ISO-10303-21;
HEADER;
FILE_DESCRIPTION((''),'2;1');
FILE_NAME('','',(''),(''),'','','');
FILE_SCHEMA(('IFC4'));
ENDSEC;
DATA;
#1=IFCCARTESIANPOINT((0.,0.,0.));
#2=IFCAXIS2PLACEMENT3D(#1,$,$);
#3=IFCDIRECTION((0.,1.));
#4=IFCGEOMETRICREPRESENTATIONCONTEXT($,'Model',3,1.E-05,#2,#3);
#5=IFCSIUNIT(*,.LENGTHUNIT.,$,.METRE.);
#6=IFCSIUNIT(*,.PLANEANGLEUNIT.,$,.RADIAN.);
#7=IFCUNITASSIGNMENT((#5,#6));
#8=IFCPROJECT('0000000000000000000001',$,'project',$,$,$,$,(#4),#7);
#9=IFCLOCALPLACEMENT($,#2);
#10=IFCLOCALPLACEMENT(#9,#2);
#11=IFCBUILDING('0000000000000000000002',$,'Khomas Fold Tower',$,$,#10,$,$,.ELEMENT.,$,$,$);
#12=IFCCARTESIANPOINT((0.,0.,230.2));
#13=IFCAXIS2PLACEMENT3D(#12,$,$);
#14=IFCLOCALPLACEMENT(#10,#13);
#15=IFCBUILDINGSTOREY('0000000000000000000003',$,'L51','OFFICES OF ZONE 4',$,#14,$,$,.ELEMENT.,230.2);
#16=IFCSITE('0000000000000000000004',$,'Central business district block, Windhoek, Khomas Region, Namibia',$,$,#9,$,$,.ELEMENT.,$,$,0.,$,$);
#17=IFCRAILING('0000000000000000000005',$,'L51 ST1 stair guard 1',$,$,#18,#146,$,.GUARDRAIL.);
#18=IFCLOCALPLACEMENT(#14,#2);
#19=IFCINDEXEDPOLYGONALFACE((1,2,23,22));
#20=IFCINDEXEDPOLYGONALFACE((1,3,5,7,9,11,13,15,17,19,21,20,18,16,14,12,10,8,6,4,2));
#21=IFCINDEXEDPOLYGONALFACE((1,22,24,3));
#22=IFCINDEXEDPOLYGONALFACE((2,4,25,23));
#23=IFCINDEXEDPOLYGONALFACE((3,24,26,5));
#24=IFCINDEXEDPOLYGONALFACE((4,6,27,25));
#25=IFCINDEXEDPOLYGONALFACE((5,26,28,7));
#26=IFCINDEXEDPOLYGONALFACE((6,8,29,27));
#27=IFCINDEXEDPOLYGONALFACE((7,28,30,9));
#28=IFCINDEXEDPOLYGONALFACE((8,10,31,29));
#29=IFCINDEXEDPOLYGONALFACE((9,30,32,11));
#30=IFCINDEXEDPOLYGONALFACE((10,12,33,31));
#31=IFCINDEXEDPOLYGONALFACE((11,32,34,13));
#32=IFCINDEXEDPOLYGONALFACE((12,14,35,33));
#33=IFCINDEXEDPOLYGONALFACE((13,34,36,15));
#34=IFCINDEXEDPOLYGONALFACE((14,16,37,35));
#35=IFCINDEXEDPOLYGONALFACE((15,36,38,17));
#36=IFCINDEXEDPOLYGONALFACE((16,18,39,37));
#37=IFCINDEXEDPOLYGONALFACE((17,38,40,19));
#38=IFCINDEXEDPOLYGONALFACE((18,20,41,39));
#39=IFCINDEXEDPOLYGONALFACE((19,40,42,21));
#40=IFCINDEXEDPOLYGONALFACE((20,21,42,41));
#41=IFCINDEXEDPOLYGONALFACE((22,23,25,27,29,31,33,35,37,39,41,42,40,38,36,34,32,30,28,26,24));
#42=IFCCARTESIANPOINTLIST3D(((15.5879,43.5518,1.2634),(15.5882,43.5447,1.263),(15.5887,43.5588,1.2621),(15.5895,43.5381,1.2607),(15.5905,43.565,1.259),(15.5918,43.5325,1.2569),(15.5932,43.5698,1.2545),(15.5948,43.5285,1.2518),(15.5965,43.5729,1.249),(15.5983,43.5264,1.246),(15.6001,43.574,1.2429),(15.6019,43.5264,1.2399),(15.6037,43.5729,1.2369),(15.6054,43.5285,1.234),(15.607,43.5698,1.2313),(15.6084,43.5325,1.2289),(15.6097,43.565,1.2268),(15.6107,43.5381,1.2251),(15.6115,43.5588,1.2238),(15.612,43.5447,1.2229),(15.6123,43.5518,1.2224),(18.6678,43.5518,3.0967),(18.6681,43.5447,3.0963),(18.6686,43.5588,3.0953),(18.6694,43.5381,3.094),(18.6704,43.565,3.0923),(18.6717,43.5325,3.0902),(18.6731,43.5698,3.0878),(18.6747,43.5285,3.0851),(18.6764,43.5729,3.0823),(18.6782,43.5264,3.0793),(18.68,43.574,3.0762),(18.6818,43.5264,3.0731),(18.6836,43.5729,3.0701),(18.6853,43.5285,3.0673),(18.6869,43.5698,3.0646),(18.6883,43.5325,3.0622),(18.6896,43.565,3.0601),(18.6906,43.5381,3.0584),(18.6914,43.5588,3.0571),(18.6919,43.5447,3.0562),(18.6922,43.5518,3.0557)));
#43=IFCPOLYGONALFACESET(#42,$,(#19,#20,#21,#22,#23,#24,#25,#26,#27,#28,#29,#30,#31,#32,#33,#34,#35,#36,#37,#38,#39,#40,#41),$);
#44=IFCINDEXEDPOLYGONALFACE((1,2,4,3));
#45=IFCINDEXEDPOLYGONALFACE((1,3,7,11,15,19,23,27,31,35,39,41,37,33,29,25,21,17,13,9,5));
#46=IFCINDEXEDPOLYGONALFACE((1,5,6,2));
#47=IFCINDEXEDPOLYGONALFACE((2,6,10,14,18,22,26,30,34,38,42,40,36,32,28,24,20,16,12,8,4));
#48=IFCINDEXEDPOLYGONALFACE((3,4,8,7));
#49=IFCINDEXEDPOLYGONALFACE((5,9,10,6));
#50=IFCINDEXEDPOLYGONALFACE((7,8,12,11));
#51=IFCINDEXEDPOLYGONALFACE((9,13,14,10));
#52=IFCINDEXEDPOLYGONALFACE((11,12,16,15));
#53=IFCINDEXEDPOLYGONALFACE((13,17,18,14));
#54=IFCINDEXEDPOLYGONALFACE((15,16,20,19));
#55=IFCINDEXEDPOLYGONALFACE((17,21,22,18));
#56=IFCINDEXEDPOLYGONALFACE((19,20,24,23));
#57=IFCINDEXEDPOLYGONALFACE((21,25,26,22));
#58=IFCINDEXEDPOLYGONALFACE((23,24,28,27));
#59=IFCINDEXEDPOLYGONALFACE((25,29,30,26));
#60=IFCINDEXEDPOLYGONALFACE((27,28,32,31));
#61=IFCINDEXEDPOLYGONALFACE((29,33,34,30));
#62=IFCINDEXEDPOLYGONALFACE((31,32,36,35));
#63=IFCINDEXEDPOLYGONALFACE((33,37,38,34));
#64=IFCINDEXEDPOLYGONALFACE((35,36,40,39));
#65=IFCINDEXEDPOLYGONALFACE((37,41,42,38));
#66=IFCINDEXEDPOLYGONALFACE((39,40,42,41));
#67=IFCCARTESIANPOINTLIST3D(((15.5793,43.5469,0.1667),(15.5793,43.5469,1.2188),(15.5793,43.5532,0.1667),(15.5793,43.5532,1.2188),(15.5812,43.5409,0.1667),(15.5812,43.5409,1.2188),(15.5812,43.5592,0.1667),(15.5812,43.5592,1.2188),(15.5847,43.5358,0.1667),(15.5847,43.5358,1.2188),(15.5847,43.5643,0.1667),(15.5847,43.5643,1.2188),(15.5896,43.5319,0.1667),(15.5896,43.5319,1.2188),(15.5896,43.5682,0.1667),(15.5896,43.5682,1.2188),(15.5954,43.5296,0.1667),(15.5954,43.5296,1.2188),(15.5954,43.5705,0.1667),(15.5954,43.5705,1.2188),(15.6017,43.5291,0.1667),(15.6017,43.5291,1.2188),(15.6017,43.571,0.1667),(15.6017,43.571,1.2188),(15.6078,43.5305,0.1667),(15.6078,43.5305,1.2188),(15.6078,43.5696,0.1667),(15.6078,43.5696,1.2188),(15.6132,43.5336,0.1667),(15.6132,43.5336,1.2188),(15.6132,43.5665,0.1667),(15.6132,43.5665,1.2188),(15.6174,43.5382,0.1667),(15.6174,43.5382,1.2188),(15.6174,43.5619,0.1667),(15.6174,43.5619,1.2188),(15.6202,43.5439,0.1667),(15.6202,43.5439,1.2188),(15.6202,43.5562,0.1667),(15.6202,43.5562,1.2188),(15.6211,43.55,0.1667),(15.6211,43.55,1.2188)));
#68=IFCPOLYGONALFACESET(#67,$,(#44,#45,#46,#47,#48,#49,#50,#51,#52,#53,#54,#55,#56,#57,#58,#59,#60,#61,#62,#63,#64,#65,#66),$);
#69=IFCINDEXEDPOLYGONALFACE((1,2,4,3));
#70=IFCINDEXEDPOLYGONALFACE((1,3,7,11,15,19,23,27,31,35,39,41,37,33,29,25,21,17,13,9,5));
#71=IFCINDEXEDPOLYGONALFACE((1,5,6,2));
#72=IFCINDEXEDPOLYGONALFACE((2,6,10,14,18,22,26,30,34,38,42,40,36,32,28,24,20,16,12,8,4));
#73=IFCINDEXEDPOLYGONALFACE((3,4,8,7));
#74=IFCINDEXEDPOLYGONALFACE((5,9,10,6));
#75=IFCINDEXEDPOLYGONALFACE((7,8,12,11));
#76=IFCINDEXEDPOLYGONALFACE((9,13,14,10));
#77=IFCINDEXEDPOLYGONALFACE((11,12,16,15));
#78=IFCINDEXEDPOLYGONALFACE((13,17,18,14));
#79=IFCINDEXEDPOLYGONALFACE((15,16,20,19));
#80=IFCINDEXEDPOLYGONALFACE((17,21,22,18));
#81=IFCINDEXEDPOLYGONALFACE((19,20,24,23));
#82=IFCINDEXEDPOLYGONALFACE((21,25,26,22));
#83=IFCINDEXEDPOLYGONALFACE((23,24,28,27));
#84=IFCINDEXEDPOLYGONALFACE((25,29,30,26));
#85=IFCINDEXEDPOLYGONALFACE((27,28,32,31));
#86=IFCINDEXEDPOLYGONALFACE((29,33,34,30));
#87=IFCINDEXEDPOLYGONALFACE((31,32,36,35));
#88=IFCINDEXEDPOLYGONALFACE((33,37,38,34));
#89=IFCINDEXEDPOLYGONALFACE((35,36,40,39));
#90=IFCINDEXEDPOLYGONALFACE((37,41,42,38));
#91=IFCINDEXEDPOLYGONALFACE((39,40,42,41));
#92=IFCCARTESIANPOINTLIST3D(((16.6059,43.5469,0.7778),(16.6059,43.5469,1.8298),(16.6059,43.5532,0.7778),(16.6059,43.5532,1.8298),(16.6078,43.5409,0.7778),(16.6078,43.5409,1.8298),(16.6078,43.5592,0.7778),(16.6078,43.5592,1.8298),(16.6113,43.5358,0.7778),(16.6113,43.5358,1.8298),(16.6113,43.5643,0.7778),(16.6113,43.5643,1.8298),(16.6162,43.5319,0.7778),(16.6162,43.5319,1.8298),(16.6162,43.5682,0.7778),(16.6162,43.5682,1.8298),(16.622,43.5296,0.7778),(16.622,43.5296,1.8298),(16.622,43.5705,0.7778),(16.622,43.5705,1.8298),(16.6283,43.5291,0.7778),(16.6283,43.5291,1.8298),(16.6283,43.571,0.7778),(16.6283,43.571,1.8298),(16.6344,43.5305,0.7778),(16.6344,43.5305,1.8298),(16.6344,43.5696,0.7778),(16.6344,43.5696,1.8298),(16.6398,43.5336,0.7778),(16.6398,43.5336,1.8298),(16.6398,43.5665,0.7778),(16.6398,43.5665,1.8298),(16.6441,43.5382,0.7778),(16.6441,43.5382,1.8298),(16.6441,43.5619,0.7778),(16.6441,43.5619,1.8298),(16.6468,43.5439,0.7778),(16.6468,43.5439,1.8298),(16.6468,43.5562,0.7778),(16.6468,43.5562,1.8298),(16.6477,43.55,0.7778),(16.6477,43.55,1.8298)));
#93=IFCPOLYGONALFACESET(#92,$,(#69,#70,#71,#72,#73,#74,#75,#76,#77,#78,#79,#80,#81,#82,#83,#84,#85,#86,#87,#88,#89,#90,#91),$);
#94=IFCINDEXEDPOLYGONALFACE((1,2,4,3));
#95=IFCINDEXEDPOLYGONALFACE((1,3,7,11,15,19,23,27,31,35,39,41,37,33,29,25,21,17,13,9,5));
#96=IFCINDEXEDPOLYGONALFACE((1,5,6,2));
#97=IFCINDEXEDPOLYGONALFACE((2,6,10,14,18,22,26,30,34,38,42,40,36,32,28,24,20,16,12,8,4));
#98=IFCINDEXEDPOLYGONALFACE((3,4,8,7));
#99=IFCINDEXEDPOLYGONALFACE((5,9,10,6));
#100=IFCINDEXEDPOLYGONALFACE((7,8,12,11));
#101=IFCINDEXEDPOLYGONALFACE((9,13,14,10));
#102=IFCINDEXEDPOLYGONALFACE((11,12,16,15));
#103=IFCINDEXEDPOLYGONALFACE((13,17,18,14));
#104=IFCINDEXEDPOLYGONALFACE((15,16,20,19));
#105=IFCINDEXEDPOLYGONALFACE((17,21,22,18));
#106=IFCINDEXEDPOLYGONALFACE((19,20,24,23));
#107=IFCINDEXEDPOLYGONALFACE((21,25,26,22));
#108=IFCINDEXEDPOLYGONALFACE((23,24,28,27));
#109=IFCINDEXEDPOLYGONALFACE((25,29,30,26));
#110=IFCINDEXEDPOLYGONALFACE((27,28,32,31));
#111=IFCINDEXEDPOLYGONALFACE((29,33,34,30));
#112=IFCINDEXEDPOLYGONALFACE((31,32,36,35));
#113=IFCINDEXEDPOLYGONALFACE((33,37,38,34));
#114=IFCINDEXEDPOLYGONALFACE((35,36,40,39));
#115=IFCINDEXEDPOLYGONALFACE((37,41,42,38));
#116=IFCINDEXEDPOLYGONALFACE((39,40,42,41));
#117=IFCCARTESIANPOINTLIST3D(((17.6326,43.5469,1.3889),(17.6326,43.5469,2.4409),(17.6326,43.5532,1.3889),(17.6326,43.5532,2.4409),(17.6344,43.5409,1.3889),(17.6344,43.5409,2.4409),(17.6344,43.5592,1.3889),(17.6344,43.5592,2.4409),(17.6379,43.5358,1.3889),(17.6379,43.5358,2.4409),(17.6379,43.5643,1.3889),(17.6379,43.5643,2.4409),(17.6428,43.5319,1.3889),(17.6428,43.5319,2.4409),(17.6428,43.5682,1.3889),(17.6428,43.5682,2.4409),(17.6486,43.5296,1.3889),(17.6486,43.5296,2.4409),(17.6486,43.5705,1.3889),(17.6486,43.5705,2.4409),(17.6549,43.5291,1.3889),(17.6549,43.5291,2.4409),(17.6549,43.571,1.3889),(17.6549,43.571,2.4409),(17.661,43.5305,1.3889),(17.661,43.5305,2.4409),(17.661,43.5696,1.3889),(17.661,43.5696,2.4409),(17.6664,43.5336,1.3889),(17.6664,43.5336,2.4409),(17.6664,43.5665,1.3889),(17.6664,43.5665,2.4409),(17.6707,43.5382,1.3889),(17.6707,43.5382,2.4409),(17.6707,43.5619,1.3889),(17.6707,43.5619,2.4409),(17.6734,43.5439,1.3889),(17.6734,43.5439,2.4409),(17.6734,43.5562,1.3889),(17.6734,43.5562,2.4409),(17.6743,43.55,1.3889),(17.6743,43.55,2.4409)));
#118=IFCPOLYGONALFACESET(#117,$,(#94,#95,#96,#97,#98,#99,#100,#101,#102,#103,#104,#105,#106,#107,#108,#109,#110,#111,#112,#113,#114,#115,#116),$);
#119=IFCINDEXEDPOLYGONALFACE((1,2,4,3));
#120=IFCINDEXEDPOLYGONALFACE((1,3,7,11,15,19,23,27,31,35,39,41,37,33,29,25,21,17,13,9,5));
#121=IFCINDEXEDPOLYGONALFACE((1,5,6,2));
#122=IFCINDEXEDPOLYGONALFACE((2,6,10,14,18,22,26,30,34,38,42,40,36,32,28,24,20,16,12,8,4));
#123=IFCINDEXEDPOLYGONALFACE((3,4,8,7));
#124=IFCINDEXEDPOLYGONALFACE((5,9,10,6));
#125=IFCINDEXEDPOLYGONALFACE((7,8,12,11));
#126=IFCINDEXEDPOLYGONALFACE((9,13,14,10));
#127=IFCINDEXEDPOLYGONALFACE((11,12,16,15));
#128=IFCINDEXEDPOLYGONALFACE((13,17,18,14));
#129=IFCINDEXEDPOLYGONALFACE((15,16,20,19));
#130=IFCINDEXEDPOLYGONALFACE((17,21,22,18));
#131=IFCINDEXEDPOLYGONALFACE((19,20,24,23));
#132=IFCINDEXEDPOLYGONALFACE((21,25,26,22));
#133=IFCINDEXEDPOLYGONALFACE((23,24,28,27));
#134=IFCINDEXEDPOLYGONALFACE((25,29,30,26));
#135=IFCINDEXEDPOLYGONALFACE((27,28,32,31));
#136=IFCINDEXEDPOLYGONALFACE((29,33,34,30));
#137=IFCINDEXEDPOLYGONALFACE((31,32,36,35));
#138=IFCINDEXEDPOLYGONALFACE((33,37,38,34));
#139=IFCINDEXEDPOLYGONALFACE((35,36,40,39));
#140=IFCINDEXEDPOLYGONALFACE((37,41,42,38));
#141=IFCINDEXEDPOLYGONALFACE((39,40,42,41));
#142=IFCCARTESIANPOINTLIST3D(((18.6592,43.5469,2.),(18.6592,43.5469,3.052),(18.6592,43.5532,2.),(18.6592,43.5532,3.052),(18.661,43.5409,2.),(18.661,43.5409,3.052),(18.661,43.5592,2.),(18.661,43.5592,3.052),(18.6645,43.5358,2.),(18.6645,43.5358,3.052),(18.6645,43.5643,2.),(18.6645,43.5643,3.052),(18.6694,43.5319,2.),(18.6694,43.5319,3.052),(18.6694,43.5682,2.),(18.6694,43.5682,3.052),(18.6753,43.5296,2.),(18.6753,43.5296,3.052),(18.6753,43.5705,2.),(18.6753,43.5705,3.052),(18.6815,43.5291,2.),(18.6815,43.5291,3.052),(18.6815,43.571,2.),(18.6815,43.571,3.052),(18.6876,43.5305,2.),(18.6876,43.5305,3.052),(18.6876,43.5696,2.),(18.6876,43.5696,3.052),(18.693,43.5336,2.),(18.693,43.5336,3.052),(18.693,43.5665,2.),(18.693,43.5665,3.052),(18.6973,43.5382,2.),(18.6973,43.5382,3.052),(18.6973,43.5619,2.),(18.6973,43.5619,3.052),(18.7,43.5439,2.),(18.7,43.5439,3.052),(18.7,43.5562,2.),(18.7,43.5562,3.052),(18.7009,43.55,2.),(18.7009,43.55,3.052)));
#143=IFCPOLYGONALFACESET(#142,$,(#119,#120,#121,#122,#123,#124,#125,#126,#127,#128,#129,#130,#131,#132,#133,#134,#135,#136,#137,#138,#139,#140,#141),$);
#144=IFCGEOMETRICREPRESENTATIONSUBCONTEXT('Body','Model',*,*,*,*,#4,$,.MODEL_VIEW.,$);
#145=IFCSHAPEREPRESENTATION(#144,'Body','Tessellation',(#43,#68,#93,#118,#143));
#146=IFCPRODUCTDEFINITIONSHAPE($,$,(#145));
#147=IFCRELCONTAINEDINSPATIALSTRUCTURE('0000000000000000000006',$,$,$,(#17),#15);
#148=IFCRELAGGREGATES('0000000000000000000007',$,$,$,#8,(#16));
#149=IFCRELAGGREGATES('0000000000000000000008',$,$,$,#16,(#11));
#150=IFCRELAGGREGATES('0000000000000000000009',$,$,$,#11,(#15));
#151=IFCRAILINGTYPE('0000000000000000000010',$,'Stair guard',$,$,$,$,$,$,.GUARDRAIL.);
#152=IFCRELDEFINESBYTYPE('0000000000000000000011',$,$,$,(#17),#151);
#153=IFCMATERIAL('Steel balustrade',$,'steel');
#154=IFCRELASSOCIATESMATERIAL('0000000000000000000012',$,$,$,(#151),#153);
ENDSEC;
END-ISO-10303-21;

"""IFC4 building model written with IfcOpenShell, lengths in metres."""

from ifc_helpers import new_model, si_unit, direction, frame, origin, origin_2d, place, context, subcontext, project, spatial, circle, extrude, source, transform, mapped, material, type_object, element, save


model = new_model("IFC4")

# Units and contexts
model_context = context("Model", 3, precision=1e-05, world=origin(), true_north=direction((0.0, 1.0)))
body_context = subcontext(model_context, "Body", "Model", "MODEL_VIEW")
ifc_project = project(units=[si_unit("LENGTHUNIT", "METRE"), si_unit("PLANEANGLEUNIT", "RADIAN")], contexts=[model_context])

# Site, building, storey
site_placement = place(None, origin())
site = spatial("IfcSite", under=ifc_project, at=site_placement, Name="Central business district block, Windhoek, Khomas Region, Namibia", CompositionType="ELEMENT", RefElevation=0.0)
building_placement = place(site_placement, origin())
building = spatial("IfcBuilding", under=site, at=building_placement, Name="Khomas Fold Tower", CompositionType="ELEMENT")
storey_placement = place(building_placement, frame((0.0, 0.0, 230.2)))
storey = spatial("IfcBuildingStorey", under=building, at=storey_placement, Name="L51", Description="OFFICES OF ZONE 4", CompositionType="ELEMENT", Elevation=230.2)

# Railing
ifc_material_1 = material(Name="Steel balustrade", Category="steel")
railing_type_1 = type_object("IfcRailingType", Name="Stair guard", PredefinedType="GUARDRAIL", material=ifc_material_1)
shared_shape_1 = source(origin(), body_context, "Body", "SweptSolid", [
    extrude(circle(Radius=0.0239, at=origin_2d()), frame((0.0, 0.0, 1.0762), z_axis=(0.859291, 0.0, 0.511487), x_axis=(0.0, 1.0, 0.0)), (0.0, 0.0, 1.0), 3.5842),
    extrude(circle(Radius=0.021, at=origin_2d()), origin(), (0.0, 0.0, 1.0), 1.052),
    extrude(circle(Radius=0.021, at=origin_2d()), frame((1.0266, 0.0, 0.6111)), (0.0, 0.0, 1.0), 1.052),
    extrude(circle(Radius=0.021, at=origin_2d()), frame((2.0532, 0.0, 1.2222)), (0.0, 0.0, 1.0), 1.052),
    extrude(circle(Radius=0.021, at=origin_2d()), frame((3.0798, 0.0, 1.8333)), (0.0, 0.0, 1.0), 1.052),
])
railing_1_placement = place(storey_placement, frame((15.6001, 43.55, 0.1667)))
element("IfcRailing", 1, at=railing_1_placement, inside=storey, type_object=railing_type_1, Name="L51 ST1 stair guard 1", PredefinedType="GUARDRAIL", context=body_context, shape_type="MappedRepresentation", body=[
    mapped(shared_shape_1, transform((0.0, 0.0, 0.0))),
])

save(model, "model.ifc")
